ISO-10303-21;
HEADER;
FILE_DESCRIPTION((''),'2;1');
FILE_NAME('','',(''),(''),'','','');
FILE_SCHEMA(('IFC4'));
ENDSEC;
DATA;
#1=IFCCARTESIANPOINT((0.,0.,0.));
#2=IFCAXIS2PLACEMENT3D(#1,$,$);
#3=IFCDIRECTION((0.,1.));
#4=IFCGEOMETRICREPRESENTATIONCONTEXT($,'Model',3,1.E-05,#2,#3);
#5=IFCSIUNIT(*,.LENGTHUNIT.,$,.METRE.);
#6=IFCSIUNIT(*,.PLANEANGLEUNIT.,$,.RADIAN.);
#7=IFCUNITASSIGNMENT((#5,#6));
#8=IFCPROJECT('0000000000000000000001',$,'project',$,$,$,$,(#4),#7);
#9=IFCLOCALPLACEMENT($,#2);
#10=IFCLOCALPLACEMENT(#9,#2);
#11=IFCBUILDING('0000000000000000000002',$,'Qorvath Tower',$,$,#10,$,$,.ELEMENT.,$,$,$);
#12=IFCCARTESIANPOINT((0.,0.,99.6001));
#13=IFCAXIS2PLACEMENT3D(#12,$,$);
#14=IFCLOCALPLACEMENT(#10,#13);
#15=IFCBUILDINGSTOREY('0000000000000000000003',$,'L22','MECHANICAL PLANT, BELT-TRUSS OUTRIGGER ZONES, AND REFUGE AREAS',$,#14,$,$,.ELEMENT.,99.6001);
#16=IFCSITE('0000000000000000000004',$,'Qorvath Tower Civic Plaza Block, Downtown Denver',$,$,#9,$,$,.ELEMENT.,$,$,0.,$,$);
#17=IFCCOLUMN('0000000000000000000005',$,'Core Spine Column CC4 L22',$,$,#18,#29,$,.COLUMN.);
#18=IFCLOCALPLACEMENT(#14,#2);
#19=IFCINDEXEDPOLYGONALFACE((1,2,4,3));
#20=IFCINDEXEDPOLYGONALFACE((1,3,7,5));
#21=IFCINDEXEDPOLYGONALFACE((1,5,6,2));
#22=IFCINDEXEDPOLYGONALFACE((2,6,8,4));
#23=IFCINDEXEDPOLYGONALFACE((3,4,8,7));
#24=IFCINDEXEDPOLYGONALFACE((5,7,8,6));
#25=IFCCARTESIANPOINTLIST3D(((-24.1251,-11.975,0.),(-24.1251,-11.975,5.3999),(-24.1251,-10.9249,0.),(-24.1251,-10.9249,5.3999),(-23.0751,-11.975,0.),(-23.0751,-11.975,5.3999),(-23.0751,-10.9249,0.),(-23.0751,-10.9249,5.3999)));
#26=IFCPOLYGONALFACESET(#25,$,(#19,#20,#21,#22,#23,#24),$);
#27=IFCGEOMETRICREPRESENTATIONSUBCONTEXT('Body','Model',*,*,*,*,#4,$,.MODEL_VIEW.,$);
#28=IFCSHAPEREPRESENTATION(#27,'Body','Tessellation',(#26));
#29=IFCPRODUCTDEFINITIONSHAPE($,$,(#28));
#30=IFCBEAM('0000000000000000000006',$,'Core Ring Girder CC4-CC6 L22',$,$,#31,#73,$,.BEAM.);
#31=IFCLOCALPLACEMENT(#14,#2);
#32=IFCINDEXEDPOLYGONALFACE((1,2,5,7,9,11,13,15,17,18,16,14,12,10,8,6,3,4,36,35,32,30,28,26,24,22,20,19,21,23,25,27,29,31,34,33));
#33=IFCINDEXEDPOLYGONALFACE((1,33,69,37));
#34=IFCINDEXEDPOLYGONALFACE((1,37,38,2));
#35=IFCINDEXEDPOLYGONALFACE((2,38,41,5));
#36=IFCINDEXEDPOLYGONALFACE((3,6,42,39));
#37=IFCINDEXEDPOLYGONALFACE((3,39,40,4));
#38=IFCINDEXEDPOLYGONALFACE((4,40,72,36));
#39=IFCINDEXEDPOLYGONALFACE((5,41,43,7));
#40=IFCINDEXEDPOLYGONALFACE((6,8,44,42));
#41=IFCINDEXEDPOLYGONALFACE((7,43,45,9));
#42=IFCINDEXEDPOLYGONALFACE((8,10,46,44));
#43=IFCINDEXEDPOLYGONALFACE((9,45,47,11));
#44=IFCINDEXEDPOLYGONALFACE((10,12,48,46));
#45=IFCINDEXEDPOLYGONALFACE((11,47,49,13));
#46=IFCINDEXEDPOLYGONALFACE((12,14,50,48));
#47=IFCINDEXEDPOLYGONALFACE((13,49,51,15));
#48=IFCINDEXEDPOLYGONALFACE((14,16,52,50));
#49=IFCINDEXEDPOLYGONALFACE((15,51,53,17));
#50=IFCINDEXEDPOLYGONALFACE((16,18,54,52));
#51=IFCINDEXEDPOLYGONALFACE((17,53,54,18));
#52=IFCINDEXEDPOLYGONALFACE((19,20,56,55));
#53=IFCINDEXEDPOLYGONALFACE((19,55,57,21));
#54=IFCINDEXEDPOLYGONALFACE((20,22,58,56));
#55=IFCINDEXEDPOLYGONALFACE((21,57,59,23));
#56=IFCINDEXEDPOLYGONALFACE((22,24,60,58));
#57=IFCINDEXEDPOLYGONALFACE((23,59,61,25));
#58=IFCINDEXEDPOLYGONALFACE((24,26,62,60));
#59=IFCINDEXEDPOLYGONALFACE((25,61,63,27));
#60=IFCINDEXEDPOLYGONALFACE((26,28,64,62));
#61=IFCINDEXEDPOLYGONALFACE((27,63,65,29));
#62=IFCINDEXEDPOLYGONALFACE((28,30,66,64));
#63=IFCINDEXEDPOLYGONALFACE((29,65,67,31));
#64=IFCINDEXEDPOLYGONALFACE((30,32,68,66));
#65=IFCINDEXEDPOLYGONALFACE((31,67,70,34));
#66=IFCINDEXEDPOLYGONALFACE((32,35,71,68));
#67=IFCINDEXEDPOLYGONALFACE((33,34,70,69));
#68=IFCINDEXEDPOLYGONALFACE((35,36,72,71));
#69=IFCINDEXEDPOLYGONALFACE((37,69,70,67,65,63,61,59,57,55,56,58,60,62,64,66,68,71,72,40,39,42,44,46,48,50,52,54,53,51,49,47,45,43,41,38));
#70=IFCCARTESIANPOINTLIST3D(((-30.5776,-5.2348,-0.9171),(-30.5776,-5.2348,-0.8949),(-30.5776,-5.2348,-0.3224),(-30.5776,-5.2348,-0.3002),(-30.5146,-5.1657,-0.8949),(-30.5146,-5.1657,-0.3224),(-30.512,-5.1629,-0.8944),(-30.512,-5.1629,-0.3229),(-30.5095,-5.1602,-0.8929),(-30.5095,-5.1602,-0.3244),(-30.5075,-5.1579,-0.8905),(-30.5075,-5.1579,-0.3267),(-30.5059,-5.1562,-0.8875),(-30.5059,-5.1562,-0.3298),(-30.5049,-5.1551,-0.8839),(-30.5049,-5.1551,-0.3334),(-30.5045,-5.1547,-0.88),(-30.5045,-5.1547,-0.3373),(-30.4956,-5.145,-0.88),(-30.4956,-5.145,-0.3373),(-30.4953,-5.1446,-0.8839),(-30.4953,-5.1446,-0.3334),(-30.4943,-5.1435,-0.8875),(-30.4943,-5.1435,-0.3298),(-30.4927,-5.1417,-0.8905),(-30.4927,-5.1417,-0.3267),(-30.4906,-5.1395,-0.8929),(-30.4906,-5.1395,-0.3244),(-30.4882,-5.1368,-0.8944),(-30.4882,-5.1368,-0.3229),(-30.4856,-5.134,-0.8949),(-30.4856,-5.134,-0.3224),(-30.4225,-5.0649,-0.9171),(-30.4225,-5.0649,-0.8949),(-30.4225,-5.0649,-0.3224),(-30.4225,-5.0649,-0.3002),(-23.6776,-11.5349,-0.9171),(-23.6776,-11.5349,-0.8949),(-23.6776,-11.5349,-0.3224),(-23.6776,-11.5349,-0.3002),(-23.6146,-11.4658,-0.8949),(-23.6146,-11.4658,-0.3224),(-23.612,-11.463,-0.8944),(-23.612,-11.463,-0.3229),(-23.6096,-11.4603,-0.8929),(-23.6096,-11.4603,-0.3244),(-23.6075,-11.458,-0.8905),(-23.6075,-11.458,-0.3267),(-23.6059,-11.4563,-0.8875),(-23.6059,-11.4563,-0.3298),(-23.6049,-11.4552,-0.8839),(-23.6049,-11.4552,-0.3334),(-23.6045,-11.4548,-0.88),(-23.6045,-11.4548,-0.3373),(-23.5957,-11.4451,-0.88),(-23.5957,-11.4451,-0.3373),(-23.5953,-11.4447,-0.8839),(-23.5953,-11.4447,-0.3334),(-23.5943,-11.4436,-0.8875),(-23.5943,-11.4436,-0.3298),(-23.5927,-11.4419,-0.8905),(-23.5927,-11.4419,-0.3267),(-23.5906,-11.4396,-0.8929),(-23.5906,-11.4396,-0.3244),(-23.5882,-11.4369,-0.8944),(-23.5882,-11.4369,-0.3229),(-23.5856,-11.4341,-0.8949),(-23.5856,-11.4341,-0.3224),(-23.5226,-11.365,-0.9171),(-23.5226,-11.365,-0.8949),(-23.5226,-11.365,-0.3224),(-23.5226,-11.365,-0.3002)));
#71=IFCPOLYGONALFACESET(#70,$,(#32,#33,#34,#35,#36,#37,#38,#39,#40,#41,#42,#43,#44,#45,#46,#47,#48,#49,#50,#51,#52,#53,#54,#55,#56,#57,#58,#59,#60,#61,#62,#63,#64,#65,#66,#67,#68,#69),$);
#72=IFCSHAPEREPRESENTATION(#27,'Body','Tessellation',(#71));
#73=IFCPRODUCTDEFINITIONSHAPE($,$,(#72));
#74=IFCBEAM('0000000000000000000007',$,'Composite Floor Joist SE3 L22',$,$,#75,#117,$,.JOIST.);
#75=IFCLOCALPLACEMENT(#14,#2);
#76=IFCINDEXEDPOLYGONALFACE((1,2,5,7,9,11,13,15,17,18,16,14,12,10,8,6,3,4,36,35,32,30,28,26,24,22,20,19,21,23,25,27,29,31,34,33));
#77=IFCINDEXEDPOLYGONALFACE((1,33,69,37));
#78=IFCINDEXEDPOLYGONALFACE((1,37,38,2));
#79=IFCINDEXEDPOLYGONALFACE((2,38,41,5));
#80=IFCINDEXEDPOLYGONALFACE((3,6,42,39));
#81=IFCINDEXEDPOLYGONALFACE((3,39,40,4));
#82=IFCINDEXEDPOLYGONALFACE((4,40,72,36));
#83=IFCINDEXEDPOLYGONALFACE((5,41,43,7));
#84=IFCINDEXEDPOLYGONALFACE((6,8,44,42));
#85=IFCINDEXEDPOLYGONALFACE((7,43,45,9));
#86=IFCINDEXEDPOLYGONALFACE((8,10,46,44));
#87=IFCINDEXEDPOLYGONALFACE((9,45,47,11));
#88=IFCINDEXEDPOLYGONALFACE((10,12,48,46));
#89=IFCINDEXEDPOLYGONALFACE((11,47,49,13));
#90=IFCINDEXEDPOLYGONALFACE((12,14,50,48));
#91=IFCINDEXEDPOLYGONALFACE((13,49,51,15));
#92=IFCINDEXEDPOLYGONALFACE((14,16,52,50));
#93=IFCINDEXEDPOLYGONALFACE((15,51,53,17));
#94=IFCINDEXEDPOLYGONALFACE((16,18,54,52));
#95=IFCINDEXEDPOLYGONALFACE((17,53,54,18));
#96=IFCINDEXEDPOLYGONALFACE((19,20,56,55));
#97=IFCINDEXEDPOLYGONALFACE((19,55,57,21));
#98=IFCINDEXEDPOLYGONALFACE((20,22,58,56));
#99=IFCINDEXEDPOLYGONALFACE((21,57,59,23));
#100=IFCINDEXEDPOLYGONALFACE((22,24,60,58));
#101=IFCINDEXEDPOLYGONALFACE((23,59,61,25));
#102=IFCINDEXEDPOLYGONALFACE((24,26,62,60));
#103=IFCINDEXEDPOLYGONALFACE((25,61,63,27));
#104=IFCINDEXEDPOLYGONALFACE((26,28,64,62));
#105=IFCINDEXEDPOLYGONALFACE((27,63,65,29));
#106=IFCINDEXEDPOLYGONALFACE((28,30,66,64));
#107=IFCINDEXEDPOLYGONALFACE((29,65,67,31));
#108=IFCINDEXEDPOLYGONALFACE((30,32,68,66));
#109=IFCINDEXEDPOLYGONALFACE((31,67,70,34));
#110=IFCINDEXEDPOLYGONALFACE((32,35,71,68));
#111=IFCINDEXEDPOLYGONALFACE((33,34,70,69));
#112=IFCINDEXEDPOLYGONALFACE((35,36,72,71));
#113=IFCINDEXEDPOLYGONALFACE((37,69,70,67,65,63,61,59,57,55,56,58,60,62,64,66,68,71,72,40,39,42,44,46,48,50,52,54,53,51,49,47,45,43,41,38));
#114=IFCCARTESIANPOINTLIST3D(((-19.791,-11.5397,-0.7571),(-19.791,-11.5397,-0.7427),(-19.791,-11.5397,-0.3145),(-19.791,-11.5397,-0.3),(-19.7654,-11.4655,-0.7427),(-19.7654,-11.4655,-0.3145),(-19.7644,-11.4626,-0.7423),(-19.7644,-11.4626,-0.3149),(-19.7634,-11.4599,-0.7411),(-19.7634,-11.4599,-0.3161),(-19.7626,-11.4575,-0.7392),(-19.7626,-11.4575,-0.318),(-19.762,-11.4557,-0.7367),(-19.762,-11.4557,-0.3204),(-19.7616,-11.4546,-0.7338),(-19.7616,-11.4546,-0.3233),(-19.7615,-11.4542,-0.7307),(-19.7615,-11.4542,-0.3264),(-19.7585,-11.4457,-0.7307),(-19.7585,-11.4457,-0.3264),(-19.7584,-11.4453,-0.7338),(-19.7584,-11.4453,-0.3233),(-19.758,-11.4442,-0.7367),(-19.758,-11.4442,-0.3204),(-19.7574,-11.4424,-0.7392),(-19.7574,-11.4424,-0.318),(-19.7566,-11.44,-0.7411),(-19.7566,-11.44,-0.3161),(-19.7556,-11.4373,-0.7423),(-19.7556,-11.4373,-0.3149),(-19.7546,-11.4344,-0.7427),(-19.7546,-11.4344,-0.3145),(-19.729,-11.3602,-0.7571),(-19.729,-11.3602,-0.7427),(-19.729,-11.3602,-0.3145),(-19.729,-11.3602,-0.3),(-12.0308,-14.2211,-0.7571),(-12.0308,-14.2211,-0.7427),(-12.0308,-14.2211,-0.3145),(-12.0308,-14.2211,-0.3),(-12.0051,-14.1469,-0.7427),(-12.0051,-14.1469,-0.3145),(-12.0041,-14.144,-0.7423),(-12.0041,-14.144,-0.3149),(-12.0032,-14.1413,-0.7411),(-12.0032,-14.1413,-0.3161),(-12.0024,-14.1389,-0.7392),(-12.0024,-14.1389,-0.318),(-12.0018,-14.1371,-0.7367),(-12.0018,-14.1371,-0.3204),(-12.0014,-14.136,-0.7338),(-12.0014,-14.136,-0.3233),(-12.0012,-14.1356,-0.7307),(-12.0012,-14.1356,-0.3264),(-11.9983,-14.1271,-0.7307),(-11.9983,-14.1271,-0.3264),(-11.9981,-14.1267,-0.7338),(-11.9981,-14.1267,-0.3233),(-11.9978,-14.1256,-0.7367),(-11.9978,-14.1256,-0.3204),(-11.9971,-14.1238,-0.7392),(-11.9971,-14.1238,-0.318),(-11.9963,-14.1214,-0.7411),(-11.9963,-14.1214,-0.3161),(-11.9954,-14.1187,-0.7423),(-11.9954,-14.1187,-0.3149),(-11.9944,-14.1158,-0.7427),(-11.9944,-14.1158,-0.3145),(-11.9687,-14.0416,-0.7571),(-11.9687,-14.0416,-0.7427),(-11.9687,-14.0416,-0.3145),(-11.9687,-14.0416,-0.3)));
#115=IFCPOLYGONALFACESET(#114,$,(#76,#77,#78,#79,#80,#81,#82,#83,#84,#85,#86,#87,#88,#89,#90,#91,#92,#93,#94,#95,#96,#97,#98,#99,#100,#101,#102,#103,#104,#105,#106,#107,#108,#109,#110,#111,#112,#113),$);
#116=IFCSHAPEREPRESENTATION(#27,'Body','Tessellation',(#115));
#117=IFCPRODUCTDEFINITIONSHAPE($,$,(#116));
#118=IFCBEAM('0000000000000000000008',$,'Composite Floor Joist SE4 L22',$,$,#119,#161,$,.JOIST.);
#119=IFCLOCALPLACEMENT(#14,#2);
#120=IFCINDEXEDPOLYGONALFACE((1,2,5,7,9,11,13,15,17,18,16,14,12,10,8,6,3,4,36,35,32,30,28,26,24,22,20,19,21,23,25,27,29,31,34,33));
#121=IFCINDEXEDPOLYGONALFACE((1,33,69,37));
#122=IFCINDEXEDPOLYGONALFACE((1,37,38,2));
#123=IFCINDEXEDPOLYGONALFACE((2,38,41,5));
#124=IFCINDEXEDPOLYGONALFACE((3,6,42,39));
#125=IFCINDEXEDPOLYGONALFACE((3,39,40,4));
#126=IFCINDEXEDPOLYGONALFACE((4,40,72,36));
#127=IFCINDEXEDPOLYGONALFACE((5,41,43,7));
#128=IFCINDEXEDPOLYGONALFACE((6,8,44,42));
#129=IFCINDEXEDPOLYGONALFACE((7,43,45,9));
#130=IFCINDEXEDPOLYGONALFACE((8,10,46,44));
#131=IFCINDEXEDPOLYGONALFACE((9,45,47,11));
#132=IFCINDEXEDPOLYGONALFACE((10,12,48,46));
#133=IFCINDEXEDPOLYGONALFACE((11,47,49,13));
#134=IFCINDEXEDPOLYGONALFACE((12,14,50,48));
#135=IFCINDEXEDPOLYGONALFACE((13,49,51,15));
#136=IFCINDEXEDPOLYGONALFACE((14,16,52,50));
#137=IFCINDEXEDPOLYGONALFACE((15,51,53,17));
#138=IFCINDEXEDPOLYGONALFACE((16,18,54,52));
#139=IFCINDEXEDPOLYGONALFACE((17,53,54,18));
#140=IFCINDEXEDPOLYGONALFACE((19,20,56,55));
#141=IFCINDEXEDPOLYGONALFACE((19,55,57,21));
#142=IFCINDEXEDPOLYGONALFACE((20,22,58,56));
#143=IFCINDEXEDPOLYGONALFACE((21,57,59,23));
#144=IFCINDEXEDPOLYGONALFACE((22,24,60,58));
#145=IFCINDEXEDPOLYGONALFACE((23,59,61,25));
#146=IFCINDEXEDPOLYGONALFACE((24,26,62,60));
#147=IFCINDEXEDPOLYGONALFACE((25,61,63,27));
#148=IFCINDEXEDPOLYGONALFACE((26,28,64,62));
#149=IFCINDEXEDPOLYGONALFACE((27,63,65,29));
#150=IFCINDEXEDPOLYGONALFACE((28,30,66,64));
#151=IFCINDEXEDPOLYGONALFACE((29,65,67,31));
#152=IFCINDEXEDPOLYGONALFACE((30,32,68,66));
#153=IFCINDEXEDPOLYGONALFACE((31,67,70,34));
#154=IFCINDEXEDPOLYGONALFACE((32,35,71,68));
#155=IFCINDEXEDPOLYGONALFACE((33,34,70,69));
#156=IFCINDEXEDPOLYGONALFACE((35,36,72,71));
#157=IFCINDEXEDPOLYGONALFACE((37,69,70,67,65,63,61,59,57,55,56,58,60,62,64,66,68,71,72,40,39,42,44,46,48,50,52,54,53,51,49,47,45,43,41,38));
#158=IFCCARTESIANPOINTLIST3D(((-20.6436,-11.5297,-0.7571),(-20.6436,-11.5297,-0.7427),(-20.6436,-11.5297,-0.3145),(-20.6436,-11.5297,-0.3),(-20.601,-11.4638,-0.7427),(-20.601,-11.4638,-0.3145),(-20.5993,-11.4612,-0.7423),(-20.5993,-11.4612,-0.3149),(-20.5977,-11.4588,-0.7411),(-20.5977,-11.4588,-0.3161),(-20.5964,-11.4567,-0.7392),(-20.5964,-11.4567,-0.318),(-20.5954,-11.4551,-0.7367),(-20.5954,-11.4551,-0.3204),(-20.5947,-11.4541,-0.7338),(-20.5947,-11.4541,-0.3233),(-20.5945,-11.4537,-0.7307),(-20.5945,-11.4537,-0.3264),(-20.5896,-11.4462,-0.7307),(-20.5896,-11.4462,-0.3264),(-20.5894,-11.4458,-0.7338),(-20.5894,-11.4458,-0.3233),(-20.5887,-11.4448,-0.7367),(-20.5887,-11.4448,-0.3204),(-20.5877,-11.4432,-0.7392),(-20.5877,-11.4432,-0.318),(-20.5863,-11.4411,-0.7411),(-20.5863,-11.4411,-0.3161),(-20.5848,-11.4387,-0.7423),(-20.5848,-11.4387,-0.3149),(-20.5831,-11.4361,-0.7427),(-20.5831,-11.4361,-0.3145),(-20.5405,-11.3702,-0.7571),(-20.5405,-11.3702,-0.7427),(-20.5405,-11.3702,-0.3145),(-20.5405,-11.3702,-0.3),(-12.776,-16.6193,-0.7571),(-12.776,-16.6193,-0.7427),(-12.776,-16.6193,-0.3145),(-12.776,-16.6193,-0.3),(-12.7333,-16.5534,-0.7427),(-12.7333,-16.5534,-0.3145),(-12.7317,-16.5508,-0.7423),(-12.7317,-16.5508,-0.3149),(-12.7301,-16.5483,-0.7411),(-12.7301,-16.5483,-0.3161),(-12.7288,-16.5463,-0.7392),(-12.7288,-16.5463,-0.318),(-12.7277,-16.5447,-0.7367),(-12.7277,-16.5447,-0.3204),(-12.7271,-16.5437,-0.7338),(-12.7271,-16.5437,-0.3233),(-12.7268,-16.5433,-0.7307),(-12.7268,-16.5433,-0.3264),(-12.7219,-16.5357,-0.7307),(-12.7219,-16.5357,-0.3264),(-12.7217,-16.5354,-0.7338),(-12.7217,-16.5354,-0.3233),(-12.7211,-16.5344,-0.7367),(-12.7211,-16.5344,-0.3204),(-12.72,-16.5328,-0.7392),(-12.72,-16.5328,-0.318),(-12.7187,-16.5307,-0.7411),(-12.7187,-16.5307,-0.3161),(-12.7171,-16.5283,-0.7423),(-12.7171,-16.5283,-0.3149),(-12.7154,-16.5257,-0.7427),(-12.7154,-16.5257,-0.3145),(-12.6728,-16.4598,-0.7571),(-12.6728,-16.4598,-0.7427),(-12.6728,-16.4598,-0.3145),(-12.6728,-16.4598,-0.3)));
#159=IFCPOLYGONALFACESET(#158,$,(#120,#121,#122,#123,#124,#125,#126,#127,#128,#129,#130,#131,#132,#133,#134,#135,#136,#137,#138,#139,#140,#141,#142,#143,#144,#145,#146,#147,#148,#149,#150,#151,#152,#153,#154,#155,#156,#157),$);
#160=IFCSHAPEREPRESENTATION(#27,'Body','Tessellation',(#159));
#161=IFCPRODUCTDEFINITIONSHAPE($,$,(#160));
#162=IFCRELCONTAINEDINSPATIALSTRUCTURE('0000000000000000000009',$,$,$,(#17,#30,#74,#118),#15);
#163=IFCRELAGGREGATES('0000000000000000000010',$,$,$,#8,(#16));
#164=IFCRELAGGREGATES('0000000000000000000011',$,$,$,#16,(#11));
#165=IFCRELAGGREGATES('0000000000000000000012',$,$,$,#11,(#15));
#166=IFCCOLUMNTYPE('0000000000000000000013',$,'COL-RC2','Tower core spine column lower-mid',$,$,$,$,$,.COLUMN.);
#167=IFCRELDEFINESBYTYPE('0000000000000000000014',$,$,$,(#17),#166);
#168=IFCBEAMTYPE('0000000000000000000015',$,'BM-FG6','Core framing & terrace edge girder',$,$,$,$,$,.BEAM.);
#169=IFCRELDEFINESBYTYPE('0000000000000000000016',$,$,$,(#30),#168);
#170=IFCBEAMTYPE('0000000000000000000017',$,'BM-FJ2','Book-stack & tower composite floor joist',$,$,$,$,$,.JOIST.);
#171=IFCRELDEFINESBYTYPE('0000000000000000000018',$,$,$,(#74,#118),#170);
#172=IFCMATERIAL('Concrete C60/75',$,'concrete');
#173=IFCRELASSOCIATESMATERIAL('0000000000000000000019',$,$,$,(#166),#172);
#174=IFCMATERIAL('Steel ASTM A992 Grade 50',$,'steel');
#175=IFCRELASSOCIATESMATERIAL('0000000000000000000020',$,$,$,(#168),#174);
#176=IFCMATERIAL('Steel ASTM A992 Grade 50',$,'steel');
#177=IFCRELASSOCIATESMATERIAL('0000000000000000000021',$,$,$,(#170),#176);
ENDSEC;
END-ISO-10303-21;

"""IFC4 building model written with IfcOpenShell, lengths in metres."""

from ifc_helpers import new_model, si_unit, direction, frame, origin, origin_2d, place, context, subcontext, project, spatial, rectangle, i_section, extrude, material, material_profile, profile_set, type_object, element, save


model = new_model("IFC4")

# Units and contexts
model_context = context("Model", 3, precision=1e-05, world=origin(), true_north=direction((0.0, 1.0)))
body_context = subcontext(model_context, "Body", "Model", "MODEL_VIEW")
ifc_project = project(units=[si_unit("LENGTHUNIT", "METRE"), si_unit("PLANEANGLEUNIT", "RADIAN")], contexts=[model_context])

# Site, building, storey
site_placement = place(None, origin())
site = spatial("IfcSite", under=ifc_project, at=site_placement, Name="Qorvath Tower Civic Plaza Block, Downtown Denver", CompositionType="ELEMENT", RefElevation=0.0)
building_placement = place(site_placement, origin())
building = spatial("IfcBuilding", under=site, at=building_placement, Name="Qorvath Tower", CompositionType="ELEMENT")
storey_placement = place(building_placement, frame((0.0, 0.0, 99.6001)))
storey = spatial("IfcBuildingStorey", under=building, at=storey_placement, Name="L22", Description="MECHANICAL PLANT, BELT-TRUSS OUTRIGGER ZONES, AND REFUGE AREAS", CompositionType="ELEMENT", Elevation=99.6001)

# Column
ifc_material_1 = material(Name="Concrete C60/75", Category="concrete")
ifc_material_profile_1 = material_profile(ifc_material_1, rectangle(XDim=1.05, YDim=1.05, at=origin_2d()), Name="RC 1050x1050")
ifc_profile_set_1 = profile_set([ifc_material_profile_1], Name="Concrete C60/75")
column_type = type_object("IfcColumnType", Name="COL-RC2", Description="Tower core spine column lower-mid", PredefinedType="COLUMN", material=ifc_profile_set_1)
column_placement = place(storey_placement, frame((-23.6001, -11.45, 0.0), z_axis=(0.0, 0.0, 1.0), x_axis=(1.0, 0.0, 0.0)))
element("IfcColumn", 1, at=column_placement, inside=storey, type_object=column_type, Name="Core Spine Column CC4 L22", PredefinedType="COLUMN", context=body_context, shape_type="SweptSolid", body=[
    extrude(rectangle(XDim=1.05, YDim=1.05, at=origin_2d()), origin(), (0.0, 0.0, 1.0), 5.3999),
])

# Beams
ifc_material_2 = material(Name="Steel ASTM A992 Grade 50", Category="steel")
ifc_material_profile_2 = material_profile(ifc_material_2, i_section(OverallWidth=0.23, OverallDepth=0.6169, WebThickness=0.0132, FlangeThickness=0.0222, FilletRadius=0.0149, at=origin_2d()), Name="W24x94")
ifc_profile_set_2 = profile_set([ifc_material_profile_2], Name="Steel ASTM A992 Grade 50")
beam_type_1 = type_object("IfcBeamType", Name="BM-FG6", Description="Core framing & terrace edge girder", PredefinedType="BEAM", material=ifc_profile_set_2)
beam_1_placement = place(storey_placement, frame((-23.6001, -11.45, -0.6086), z_axis=(-0.738478, 0.674277, 0.0), x_axis=(-0.674277, -0.738478, 0.0)))
element("IfcBeam", 2, at=beam_1_placement, inside=storey, type_object=beam_type_1, Name="Core Ring Girder CC4-CC6 L22", PredefinedType="BEAM", context=body_context, shape_type="SweptSolid", body=[
    extrude(i_section(OverallWidth=0.23, OverallDepth=0.6169, WebThickness=0.0132, FlangeThickness=0.0222, FilletRadius=0.0149, at=origin_2d()), origin(), (0.0, 0.0, 1.0), 9.3435),
])
ifc_material_3 = material(Name="Steel ASTM A992 Grade 50", Category="steel")
ifc_material_profile_3 = material_profile(ifc_material_3, i_section(OverallWidth=0.1899, OverallDepth=0.457, WebThickness=0.009, FlangeThickness=0.0144, FilletRadius=0.012, at=origin_2d()), Name="W18x50")
ifc_profile_set_3 = profile_set([ifc_material_profile_3], Name="Steel ASTM A992 Grade 50")
beam_type_2 = type_object("IfcBeamType", Name="BM-FJ2", Description="Book-stack & tower composite floor joist", PredefinedType="JOIST", material=ifc_profile_set_3)
beam_2_placement = place(storey_placement, frame((-19.76, -11.45, -0.5286), z_axis=(0.945168, -0.326584, 0.0), x_axis=(0.326584, 0.945168, 0.0)))
element("IfcBeam", 3, at=beam_2_placement, inside=storey, type_object=beam_type_2, Name="Composite Floor Joist SE3 L22", PredefinedType="JOIST", context=body_context, shape_type="SweptSolid", body=[
    extrude(i_section(OverallWidth=0.1899, OverallDepth=0.457, WebThickness=0.009, FlangeThickness=0.0144, FilletRadius=0.012, at=origin_2d()), origin(), (0.0, 0.0, 1.0), 8.2104),
])
beam_3_placement = place(storey_placement, frame((-20.592, -11.45, -0.5286), z_axis=(0.839631, -0.543157, 0.0), x_axis=(0.543157, 0.839631, 0.0)))
element("IfcBeam", 4, at=beam_3_placement, inside=storey, type_object=beam_type_2, Name="Composite Floor Joist SE4 L22", PredefinedType="JOIST", context=body_context, shape_type="SweptSolid", body=[
    extrude(i_section(OverallWidth=0.1899, OverallDepth=0.457, WebThickness=0.009, FlangeThickness=0.0144, FilletRadius=0.012, at=origin_2d()), origin(), (0.0, 0.0, 1.0), 9.3704),
])

save(model, "model.ifc")
